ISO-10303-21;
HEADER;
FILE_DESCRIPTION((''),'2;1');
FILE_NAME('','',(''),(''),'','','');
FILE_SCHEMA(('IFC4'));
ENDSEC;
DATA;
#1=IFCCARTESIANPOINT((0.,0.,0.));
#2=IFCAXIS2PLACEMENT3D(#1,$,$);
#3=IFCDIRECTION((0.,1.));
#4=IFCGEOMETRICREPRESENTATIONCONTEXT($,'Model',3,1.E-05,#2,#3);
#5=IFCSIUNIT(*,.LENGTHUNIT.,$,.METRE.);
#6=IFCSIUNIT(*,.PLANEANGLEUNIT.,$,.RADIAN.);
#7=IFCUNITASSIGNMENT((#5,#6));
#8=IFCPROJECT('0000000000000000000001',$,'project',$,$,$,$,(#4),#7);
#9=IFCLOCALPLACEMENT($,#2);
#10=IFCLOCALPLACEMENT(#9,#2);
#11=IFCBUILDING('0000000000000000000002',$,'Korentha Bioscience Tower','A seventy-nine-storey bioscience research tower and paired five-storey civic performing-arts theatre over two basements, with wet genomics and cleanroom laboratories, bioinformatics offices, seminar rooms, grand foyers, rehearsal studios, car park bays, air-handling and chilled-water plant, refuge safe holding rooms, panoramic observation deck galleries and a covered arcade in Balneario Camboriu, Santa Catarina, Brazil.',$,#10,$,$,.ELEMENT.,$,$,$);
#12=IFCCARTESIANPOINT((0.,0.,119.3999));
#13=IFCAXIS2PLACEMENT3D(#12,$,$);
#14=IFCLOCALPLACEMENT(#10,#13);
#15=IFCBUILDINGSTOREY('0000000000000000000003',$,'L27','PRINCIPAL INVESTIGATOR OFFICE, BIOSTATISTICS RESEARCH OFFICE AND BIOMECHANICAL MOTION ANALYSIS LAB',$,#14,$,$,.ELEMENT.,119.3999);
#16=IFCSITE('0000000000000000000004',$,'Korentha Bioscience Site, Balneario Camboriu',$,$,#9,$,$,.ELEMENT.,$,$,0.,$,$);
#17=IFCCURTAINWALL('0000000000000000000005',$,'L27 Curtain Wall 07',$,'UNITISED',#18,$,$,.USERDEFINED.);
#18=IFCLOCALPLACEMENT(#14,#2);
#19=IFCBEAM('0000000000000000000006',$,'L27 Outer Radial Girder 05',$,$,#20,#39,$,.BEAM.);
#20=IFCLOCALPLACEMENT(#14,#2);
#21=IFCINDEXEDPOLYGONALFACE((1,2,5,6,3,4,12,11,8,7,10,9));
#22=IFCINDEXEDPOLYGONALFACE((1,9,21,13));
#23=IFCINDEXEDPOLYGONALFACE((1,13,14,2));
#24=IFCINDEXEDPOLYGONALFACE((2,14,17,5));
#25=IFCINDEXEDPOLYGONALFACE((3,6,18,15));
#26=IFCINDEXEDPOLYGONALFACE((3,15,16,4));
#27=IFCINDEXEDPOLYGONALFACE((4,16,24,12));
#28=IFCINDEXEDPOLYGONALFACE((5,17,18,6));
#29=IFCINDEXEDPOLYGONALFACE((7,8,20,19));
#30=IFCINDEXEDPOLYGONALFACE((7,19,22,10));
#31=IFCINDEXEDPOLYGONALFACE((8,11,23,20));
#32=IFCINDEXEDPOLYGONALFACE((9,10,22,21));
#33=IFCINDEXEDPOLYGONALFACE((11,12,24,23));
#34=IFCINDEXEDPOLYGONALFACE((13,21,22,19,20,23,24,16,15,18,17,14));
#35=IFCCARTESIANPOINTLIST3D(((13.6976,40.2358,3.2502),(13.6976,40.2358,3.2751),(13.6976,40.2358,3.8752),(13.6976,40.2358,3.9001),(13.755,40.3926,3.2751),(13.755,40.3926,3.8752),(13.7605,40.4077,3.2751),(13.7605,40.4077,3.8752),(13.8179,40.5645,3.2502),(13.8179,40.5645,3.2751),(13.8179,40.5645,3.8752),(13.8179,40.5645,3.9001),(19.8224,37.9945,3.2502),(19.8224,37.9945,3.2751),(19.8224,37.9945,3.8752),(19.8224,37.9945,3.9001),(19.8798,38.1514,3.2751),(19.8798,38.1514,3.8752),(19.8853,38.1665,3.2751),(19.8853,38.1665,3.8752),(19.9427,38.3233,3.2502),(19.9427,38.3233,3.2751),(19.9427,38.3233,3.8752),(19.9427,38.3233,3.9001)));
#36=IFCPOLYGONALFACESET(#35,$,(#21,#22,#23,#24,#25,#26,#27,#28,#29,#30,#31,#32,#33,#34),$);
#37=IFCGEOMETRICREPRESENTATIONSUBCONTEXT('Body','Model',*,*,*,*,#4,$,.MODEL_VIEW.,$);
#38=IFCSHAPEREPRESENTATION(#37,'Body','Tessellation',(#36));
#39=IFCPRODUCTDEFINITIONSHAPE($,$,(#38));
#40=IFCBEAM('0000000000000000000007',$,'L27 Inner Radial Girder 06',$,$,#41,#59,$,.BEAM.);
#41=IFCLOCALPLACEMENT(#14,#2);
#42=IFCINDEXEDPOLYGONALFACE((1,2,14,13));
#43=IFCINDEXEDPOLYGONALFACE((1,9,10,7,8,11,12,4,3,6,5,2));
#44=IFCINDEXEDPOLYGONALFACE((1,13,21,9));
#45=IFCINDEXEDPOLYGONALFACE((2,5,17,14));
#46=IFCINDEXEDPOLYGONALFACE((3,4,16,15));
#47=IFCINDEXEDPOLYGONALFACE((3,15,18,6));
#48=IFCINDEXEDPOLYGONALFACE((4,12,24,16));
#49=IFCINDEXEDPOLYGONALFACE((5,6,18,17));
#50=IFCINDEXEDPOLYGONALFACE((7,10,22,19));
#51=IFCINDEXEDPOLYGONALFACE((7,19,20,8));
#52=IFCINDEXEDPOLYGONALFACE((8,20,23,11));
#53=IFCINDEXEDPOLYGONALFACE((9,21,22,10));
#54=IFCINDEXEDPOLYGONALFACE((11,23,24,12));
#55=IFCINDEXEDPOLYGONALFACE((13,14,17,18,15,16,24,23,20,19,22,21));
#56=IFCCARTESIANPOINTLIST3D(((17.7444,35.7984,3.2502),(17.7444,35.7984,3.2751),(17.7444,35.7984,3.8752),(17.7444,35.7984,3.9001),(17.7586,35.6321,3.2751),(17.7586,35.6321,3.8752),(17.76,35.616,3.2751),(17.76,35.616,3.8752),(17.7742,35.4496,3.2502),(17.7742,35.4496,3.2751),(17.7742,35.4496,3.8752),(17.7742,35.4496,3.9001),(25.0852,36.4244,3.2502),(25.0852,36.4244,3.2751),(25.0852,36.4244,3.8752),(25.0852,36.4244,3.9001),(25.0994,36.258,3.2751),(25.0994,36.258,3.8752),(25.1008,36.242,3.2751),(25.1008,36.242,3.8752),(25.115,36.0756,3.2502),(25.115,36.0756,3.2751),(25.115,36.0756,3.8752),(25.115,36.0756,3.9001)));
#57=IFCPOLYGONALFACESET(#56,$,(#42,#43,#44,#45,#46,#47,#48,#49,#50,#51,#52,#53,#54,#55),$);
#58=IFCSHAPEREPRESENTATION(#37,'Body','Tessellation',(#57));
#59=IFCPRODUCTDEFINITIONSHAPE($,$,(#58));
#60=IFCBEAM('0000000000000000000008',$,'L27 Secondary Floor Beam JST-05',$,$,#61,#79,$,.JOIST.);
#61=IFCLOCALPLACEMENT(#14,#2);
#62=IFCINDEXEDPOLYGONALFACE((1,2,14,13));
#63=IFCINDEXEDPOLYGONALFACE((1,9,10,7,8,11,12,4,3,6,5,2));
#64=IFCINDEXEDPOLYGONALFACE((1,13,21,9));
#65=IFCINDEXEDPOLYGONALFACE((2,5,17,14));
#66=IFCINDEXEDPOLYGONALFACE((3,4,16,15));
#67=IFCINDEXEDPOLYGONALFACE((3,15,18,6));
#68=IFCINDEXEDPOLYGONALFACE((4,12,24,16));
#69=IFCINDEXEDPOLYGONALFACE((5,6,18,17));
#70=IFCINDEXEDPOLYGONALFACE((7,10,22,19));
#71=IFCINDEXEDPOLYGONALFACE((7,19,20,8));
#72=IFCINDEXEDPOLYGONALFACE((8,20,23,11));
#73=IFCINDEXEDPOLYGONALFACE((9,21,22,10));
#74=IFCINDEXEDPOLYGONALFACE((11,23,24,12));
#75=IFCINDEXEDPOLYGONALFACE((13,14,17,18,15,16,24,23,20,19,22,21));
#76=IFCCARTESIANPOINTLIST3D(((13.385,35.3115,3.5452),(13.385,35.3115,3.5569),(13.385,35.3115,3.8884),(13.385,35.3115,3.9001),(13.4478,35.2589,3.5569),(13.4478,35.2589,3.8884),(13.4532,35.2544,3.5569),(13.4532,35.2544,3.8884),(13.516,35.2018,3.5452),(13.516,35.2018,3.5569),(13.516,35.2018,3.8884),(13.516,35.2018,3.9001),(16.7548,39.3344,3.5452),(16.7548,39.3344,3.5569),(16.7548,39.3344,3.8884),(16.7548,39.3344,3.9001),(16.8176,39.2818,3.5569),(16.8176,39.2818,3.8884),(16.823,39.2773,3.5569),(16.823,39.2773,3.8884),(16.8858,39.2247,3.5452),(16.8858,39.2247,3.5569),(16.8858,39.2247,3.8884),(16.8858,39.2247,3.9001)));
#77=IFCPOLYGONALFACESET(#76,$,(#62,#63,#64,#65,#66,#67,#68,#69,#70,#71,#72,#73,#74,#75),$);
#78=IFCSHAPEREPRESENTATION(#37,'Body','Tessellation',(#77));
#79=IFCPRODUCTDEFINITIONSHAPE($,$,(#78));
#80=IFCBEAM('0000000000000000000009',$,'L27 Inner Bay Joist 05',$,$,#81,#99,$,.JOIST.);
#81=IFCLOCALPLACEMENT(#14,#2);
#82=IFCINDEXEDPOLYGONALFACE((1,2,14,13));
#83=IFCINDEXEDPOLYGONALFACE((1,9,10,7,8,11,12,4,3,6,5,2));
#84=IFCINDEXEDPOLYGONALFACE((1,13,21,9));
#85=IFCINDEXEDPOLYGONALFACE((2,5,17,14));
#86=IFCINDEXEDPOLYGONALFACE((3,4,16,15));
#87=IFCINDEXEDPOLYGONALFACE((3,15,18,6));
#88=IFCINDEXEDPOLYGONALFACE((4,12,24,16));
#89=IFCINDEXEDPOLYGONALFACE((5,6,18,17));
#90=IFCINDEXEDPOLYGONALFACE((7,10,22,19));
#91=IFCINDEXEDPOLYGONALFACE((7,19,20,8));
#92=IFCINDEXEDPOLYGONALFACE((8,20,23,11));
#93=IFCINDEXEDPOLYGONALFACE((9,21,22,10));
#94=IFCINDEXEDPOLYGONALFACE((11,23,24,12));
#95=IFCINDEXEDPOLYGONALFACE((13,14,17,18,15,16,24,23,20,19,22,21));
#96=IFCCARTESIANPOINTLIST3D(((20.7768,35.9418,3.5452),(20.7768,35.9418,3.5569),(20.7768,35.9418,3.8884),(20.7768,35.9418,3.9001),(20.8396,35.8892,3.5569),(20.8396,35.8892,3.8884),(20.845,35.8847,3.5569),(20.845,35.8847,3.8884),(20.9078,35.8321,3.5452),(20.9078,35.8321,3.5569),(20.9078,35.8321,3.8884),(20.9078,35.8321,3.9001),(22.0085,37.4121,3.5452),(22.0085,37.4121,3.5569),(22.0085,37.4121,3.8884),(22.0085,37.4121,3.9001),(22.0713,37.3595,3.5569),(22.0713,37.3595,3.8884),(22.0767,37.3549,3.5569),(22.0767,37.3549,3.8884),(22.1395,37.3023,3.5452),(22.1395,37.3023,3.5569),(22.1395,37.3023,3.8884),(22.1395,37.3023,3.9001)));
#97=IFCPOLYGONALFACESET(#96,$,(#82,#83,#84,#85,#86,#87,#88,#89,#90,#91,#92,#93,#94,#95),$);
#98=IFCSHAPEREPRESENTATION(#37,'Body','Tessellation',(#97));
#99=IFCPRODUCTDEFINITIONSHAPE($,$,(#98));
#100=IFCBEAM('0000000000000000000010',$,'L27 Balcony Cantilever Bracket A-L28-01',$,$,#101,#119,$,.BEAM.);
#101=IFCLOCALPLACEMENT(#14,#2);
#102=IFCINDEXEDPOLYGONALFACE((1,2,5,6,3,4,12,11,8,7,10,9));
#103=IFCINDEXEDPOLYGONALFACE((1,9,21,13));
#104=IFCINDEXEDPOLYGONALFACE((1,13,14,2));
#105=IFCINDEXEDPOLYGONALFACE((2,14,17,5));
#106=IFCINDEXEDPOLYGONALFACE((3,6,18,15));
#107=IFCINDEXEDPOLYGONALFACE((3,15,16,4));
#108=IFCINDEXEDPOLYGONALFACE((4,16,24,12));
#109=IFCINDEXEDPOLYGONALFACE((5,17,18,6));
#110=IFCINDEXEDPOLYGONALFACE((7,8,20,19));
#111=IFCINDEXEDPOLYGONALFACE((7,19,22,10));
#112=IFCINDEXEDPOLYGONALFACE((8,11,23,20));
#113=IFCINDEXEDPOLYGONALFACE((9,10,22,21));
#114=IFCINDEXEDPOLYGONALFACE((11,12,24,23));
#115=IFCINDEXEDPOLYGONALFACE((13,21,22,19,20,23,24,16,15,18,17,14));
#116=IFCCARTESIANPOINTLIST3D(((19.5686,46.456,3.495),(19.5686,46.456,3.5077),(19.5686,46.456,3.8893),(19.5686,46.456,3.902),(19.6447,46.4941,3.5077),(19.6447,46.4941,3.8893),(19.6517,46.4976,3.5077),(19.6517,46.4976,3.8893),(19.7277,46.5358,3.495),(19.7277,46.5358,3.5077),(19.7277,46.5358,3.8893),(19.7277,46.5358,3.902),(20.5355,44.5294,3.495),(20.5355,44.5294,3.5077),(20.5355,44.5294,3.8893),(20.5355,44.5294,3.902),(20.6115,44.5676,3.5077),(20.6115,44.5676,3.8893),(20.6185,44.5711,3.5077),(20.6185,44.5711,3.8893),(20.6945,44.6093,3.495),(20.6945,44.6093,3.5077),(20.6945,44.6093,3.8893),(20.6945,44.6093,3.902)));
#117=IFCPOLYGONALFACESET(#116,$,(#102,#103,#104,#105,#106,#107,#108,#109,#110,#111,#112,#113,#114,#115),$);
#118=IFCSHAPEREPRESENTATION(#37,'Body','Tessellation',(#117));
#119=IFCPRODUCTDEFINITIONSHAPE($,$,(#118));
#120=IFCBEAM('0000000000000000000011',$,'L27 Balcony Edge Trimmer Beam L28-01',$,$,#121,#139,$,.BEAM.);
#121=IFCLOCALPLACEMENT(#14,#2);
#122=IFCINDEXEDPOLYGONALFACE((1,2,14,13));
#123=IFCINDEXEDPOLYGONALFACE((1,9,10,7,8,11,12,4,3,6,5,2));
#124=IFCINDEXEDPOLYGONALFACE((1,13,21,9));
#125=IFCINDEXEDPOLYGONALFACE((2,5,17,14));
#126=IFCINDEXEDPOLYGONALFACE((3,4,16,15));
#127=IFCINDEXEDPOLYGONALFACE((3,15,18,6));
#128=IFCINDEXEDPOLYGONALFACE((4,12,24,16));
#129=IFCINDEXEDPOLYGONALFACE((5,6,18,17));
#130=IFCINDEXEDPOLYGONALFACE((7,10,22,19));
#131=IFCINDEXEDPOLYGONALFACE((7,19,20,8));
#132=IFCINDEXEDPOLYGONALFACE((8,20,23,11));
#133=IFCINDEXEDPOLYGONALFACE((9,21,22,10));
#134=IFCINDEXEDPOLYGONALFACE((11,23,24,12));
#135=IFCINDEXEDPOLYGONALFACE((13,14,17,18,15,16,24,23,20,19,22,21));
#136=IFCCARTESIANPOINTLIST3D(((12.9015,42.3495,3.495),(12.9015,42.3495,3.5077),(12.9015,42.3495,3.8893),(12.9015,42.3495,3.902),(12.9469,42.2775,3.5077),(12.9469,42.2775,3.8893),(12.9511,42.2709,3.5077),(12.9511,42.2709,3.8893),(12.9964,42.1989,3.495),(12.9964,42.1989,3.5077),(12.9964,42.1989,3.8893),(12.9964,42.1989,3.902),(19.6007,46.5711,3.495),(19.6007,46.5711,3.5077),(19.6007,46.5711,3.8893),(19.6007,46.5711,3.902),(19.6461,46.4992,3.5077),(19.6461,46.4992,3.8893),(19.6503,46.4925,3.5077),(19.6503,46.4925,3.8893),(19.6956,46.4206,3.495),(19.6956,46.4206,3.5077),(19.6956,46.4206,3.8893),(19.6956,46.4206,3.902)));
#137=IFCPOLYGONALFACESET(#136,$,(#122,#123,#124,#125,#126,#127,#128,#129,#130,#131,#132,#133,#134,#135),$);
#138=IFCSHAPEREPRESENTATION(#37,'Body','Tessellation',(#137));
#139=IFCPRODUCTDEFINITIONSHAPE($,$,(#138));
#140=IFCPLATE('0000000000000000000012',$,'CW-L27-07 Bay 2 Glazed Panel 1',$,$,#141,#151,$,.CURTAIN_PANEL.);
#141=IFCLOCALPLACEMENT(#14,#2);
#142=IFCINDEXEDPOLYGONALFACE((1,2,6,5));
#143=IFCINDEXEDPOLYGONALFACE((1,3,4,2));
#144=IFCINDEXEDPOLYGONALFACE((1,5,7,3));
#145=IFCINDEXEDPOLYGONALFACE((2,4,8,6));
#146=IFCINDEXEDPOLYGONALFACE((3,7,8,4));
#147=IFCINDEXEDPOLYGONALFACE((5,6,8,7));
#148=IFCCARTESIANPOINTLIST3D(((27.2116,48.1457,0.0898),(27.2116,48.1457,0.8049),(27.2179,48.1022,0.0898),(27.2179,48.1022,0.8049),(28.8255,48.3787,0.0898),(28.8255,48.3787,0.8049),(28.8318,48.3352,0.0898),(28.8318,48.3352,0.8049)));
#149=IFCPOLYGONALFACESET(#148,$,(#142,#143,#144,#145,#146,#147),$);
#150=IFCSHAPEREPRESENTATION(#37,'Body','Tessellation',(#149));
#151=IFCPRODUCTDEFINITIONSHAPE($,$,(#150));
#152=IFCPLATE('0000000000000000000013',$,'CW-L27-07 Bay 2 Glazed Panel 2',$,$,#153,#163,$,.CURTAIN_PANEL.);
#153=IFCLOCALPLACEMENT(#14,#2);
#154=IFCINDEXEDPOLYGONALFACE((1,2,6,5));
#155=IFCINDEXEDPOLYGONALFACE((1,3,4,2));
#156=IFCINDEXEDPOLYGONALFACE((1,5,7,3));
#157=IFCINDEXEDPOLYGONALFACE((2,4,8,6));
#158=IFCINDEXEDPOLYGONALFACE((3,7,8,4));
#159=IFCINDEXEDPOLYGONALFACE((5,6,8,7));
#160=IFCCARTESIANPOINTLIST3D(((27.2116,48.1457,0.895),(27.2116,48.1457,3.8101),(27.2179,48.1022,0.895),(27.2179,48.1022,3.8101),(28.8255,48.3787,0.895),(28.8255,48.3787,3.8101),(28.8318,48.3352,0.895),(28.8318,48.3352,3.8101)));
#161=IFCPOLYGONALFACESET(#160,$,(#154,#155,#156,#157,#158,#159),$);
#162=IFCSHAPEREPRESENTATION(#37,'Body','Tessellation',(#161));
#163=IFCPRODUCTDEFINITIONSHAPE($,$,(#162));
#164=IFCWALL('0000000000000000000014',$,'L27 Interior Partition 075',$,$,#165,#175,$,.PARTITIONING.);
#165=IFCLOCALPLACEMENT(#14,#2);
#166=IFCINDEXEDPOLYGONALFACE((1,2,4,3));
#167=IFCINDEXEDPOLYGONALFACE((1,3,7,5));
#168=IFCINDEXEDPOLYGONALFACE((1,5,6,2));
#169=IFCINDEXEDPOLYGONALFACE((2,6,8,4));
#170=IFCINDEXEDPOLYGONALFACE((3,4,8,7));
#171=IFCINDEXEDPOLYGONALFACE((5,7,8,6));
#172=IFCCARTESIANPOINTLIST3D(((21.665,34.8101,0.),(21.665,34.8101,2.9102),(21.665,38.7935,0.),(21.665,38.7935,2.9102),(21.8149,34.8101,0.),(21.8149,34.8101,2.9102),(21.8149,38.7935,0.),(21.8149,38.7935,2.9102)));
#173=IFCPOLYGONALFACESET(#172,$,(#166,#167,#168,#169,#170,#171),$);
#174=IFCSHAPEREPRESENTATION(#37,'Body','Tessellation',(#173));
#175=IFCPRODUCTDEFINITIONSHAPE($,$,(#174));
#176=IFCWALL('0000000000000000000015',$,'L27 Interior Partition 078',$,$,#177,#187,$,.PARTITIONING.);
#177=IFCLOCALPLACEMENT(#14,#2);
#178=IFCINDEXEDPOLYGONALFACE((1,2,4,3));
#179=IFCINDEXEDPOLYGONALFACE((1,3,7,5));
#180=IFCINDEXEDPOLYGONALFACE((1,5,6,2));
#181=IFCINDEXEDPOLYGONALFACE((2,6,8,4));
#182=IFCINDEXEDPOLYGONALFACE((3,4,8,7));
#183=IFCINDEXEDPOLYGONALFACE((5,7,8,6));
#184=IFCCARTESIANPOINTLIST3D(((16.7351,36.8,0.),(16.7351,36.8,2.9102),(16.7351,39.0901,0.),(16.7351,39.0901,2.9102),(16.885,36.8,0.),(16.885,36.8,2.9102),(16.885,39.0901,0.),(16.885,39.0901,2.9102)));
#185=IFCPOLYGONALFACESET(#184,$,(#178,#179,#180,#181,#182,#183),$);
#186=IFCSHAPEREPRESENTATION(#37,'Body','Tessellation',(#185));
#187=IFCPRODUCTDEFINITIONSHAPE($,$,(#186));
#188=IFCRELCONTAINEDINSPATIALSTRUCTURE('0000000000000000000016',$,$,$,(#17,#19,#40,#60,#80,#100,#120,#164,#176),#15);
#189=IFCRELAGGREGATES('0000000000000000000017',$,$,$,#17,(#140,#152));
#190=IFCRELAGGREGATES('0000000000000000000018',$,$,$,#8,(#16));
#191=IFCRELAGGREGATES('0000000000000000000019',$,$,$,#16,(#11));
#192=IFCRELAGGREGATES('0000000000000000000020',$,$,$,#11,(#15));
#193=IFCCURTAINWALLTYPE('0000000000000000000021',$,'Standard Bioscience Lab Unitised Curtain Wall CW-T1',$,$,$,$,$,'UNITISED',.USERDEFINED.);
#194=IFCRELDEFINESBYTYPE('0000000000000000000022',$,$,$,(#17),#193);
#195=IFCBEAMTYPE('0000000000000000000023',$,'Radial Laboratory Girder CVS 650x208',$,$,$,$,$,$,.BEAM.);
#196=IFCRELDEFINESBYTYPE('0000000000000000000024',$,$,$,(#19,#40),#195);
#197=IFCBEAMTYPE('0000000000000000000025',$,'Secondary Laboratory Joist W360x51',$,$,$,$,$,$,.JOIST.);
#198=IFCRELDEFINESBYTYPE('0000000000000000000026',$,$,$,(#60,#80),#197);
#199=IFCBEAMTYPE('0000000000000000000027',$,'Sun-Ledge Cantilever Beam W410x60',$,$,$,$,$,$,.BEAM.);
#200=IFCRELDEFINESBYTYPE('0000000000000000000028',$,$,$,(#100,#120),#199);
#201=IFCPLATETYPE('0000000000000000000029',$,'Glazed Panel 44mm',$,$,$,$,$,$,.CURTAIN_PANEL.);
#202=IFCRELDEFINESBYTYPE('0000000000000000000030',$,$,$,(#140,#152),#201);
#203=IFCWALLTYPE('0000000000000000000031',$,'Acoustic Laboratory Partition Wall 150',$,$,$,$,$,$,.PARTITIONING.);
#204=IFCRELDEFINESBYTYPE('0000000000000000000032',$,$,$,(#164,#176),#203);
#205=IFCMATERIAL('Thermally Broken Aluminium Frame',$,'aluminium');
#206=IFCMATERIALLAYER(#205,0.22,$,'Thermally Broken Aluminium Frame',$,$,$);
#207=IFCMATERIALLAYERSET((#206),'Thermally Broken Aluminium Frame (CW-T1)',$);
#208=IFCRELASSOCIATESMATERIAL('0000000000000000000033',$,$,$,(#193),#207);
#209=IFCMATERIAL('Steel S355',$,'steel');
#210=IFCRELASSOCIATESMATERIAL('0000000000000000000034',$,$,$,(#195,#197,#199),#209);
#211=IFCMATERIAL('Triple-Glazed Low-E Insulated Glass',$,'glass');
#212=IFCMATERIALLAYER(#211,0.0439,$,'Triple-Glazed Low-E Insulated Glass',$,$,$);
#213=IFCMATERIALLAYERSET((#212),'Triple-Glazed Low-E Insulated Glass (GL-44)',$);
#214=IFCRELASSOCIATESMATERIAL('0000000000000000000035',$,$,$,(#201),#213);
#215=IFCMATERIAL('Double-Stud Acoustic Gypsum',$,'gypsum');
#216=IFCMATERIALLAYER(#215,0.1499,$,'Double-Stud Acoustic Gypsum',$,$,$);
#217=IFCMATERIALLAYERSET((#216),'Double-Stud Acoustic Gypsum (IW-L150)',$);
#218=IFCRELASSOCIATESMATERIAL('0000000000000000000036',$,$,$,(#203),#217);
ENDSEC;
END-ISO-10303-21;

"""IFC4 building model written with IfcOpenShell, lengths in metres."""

from ifc_helpers import new_model, si_unit, direction, frame, frame_2d, origin, origin_2d, place, context, subcontext, project, spatial, rectangle, i_section, extrude, material, layer, layer_set, material_profile, profile_set, type_object, element, aggregate, save


model = new_model("IFC4")

# Units and contexts
model_context = context("Model", 3, precision=1e-05, world=origin(), true_north=direction((0.0, 1.0)))
body_context = subcontext(model_context, "Body", "Model", "MODEL_VIEW")
ifc_project = project(units=[si_unit("LENGTHUNIT", "METRE"), si_unit("PLANEANGLEUNIT", "RADIAN")], contexts=[model_context])

# Site, building, storey
site_placement = place(None, origin())
site = spatial("IfcSite", under=ifc_project, at=site_placement, Name="Korentha Bioscience Site, Balneario Camboriu", CompositionType="ELEMENT", RefElevation=0.0)
building_placement = place(site_placement, origin())
building = spatial("IfcBuilding", under=site, at=building_placement, Name="Korentha Bioscience Tower", Description="A seventy-nine-storey bioscience research tower and paired five-storey civic performing-arts theatre over two basements, with wet genomics and cleanroom laboratories, bioinformatics offices, seminar rooms, grand foyers, rehearsal studios, car park bays, air-handling and chilled-water plant, refuge safe holding rooms, panoramic observation deck galleries and a covered arcade in Balneario Camboriu, Santa Catarina, Brazil.", CompositionType="ELEMENT")
storey_placement = place(building_placement, frame((0.0, 0.0, 119.3999)))
storey = spatial("IfcBuildingStorey", under=building, at=storey_placement, Name="L27", Description="PRINCIPAL INVESTIGATOR OFFICE, BIOSTATISTICS RESEARCH OFFICE AND BIOMECHANICAL MOTION ANALYSIS LAB", CompositionType="ELEMENT", Elevation=119.3999)

# Shared definitions
ifc_material_1 = material(Name="Steel S355", Category="steel")

# Curtain wall
ifc_material_2 = material(Name="Thermally Broken Aluminium Frame", Category="aluminium")
ifc_layer_1 = layer(ifc_material_2, 0.22, Name="Thermally Broken Aluminium Frame")
ifc_layer_set_1 = layer_set([ifc_layer_1], Name="Thermally Broken Aluminium Frame (CW-T1)")
curtain_wall_type = type_object("IfcCurtainWallType", Name="Standard Bioscience Lab Unitised Curtain Wall CW-T1", ElementType="UNITISED", PredefinedType="USERDEFINED", material=ifc_layer_set_1)
curtain_wall_placement = place(storey_placement, origin())
curtain_wall = element("IfcCurtainWall", 1, at=curtain_wall_placement, inside=storey, type_object=curtain_wall_type, Name="L27 Curtain Wall 07", ObjectType="UNITISED", PredefinedType="USERDEFINED")

# Beams
ifc_material_profile_1 = material_profile(ifc_material_1, i_section(OverallWidth=0.3501, OverallDepth=0.6499, WebThickness=0.0161, FlangeThickness=0.0249, at=origin_2d()), Name="Steel S355")
ifc_profile_set_1 = profile_set([ifc_material_profile_1], Name="Steel S355 (RB-650)")
beam_type_1 = type_object("IfcBeamType", Name="Radial Laboratory Girder CVS 650x208", PredefinedType="BEAM", material=ifc_profile_set_1)
beam_1_placement = place(storey_placement, frame((19.8826, 38.1589, 3.5752), z_axis=(-0.939101, 0.343642, 0.0), x_axis=(-0.343642, -0.939101, 0.0)))
element("IfcBeam", 2, at=beam_1_placement, inside=storey, type_object=beam_type_1, Name="L27 Outer Radial Girder 05", PredefinedType="BEAM", context=body_context, shape_type="SweptSolid", body=[
    extrude(i_section(OverallWidth=0.3501, OverallDepth=0.6499, WebThickness=0.0161, FlangeThickness=0.0249, at=origin_2d()), origin(), (0.0, 0.0, 1.0), 6.522),
])
beam_2_placement = place(storey_placement, frame((25.1001, 36.25, 3.5752), z_axis=(-0.996384, -0.084965, 0.0), x_axis=(0.084965, -0.996384, 0.0)))
element("IfcBeam", 3, at=beam_2_placement, inside=storey, type_object=beam_type_1, Name="L27 Inner Radial Girder 06", PredefinedType="BEAM", context=body_context, shape_type="SweptSolid", body=[
    extrude(i_section(OverallWidth=0.3501, OverallDepth=0.6499, WebThickness=0.0161, FlangeThickness=0.0249, at=origin_2d()), origin(), (0.0, 0.0, 1.0), 7.3674),
])
ifc_material_profile_2 = material_profile(ifc_material_1, i_section(OverallWidth=0.1709, OverallDepth=0.355, WebThickness=0.0071, FlangeThickness=0.0117, at=origin_2d()), Name="Steel S355")
ifc_profile_set_2 = profile_set([ifc_material_profile_2], Name="Steel S355 (JB-360)")
beam_type_2 = type_object("IfcBeamType", Name="Secondary Laboratory Joist W360x51", PredefinedType="JOIST", material=ifc_profile_set_2)
beam_3_placement = place(storey_placement, frame((16.8203, 39.2795, 3.7227), z_axis=(-0.642141, -0.766587, 0.0), x_axis=(0.766587, -0.642141, 0.0)))
element("IfcBeam", 4, at=beam_3_placement, inside=storey, type_object=beam_type_2, Name="L27 Secondary Floor Beam JST-05", PredefinedType="JOIST", context=body_context, shape_type="SweptSolid", body=[
    extrude(i_section(OverallWidth=0.1709, OverallDepth=0.355, WebThickness=0.0071, FlangeThickness=0.0117, at=origin_2d()), origin(), (0.0, 0.0, 1.0), 5.2478),
])
beam_4_placement = place(storey_placement, frame((22.074, 37.3572, 3.7227), z_axis=(-0.642185, -0.766549, 0.0), x_axis=(0.766549, -0.642185, 0.0)))
element("IfcBeam", 5, at=beam_4_placement, inside=storey, type_object=beam_type_2, Name="L27 Inner Bay Joist 05", PredefinedType="JOIST", context=body_context, shape_type="SweptSolid", body=[
    extrude(i_section(OverallWidth=0.1709, OverallDepth=0.355, WebThickness=0.0071, FlangeThickness=0.0117, at=origin_2d()), origin(), (0.0, 0.0, 1.0), 1.918),
])
ifc_material_profile_3 = material_profile(ifc_material_1, i_section(OverallWidth=0.178, OverallDepth=0.407, WebThickness=0.0078, FlangeThickness=0.0127, at=origin_2d()), Name="Steel S355")
ifc_profile_set_3 = profile_set([ifc_material_profile_3], Name="Steel S355 (CB-410)")
beam_type_3 = type_object("IfcBeamType", Name="Sun-Ledge Cantilever Beam W410x60", PredefinedType="BEAM", material=ifc_profile_set_3)
beam_5_placement = place(storey_placement, frame((20.615, 44.5693, 3.6985), z_axis=(-0.448527, 0.893769, 0.0), x_axis=(-0.893769, -0.448527, 0.0)))
element("IfcBeam", 6, at=beam_5_placement, inside=storey, type_object=beam_type_3, Name="L27 Balcony Cantilever Bracket A-L28-01", PredefinedType="BEAM", context=body_context, shape_type="SweptSolid", body=[
    extrude(i_section(OverallWidth=0.178, OverallDepth=0.407, WebThickness=0.0078, FlangeThickness=0.0127, at=origin_2d()), origin(), (0.0, 0.0, 1.0), 2.1555),
])
beam_6_placement = place(storey_placement, frame((19.6482, 46.4958, 3.6985), z_axis=(-0.846025, -0.533144, 0.0), x_axis=(0.533144, -0.846025, 0.0)))
element("IfcBeam", 7, at=beam_6_placement, inside=storey, type_object=beam_type_3, Name="L27 Balcony Edge Trimmer Beam L28-01", PredefinedType="BEAM", context=body_context, shape_type="SweptSolid", body=[
    extrude(i_section(OverallWidth=0.178, OverallDepth=0.407, WebThickness=0.0078, FlangeThickness=0.0127, at=origin_2d()), origin(), (0.0, 0.0, 1.0), 7.9185),
])

# Plates
ifc_material_3 = material(Name="Triple-Glazed Low-E Insulated Glass", Category="glass")
ifc_layer_2 = layer(ifc_material_3, 0.0439, Name="Triple-Glazed Low-E Insulated Glass")
ifc_layer_set_2 = layer_set([ifc_layer_2], Name="Triple-Glazed Low-E Insulated Glass (GL-44)")
plate_type = type_object("IfcPlateType", Name="Glazed Panel 44mm", PredefinedType="CURTAIN_PANEL", material=ifc_layer_set_2)
plate_1_placement = place(storey_placement, frame((28.0217, 48.2405, 0.0898), z_axis=(0.0, 0.0, 1.0), x_axis=(-0.989738, -0.142892, 0.0)))
plate_1 = element("IfcPlate", 8, at=plate_1_placement, type_object=plate_type, Name="CW-L27-07 Bay 2 Glazed Panel 1", PredefinedType="CURTAIN_PANEL", context=body_context, shape_type="SweptSolid", body=[
    extrude(rectangle(XDim=1.6306, YDim=0.0439, at=origin_2d()), origin(), (0.0, 0.0, 1.0), 0.7151),
])
plate_2_placement = place(storey_placement, frame((28.0217, 48.2405, 0.895), z_axis=(0.0, 0.0, 1.0), x_axis=(-0.989738, -0.142892, 0.0)))
plate_2 = element("IfcPlate", 9, at=plate_2_placement, type_object=plate_type, Name="CW-L27-07 Bay 2 Glazed Panel 2", PredefinedType="CURTAIN_PANEL", context=body_context, shape_type="SweptSolid", body=[
    extrude(rectangle(XDim=1.6306, YDim=0.0439, at=origin_2d()), origin(), (0.0, 0.0, 1.0), 2.915),
])
aggregate(curtain_wall, [plate_1, plate_2])

# Walls
ifc_material_4 = material(Name="Double-Stud Acoustic Gypsum", Category="gypsum")
ifc_layer_3 = layer(ifc_material_4, 0.1499, Name="Double-Stud Acoustic Gypsum")
ifc_layer_set_3 = layer_set([ifc_layer_3], Name="Double-Stud Acoustic Gypsum (IW-L150)")
wall_type_1 = type_object("IfcWallType", Name="Acoustic Laboratory Partition Wall 150", PredefinedType="PARTITIONING", material=ifc_layer_set_3)
wall_1_placement = place(storey_placement, frame((21.74, 38.7935, 0.0), z_axis=(0.0, 0.0, 1.0), x_axis=(0.0, -1.0, 0.0)))
element("IfcWall", 10, at=wall_1_placement, inside=storey, type_object=wall_type_1, Name="L27 Interior Partition 075", PredefinedType="PARTITIONING", context=body_context, shape_type="SweptSolid", body=[
    extrude(rectangle(XDim=3.9834, YDim=0.1499, at=frame_2d((1.9917, 0.0))), origin(), (0.0, 0.0, 1.0), 2.9102),
])
wall_2_placement = place(storey_placement, frame((16.8101, 36.8, 0.0), z_axis=(0.0, 0.0, 1.0), x_axis=(0.0, 1.0, 0.0)))
element("IfcWall", 11, at=wall_2_placement, inside=storey, type_object=wall_type_1, Name="L27 Interior Partition 078", PredefinedType="PARTITIONING", context=body_context, shape_type="SweptSolid", body=[
    extrude(rectangle(XDim=2.29, YDim=0.1499, at=frame_2d((1.145, 0.0))), origin(), (0.0, 0.0, 1.0), 2.9102),
])

save(model, "model.ifc")
